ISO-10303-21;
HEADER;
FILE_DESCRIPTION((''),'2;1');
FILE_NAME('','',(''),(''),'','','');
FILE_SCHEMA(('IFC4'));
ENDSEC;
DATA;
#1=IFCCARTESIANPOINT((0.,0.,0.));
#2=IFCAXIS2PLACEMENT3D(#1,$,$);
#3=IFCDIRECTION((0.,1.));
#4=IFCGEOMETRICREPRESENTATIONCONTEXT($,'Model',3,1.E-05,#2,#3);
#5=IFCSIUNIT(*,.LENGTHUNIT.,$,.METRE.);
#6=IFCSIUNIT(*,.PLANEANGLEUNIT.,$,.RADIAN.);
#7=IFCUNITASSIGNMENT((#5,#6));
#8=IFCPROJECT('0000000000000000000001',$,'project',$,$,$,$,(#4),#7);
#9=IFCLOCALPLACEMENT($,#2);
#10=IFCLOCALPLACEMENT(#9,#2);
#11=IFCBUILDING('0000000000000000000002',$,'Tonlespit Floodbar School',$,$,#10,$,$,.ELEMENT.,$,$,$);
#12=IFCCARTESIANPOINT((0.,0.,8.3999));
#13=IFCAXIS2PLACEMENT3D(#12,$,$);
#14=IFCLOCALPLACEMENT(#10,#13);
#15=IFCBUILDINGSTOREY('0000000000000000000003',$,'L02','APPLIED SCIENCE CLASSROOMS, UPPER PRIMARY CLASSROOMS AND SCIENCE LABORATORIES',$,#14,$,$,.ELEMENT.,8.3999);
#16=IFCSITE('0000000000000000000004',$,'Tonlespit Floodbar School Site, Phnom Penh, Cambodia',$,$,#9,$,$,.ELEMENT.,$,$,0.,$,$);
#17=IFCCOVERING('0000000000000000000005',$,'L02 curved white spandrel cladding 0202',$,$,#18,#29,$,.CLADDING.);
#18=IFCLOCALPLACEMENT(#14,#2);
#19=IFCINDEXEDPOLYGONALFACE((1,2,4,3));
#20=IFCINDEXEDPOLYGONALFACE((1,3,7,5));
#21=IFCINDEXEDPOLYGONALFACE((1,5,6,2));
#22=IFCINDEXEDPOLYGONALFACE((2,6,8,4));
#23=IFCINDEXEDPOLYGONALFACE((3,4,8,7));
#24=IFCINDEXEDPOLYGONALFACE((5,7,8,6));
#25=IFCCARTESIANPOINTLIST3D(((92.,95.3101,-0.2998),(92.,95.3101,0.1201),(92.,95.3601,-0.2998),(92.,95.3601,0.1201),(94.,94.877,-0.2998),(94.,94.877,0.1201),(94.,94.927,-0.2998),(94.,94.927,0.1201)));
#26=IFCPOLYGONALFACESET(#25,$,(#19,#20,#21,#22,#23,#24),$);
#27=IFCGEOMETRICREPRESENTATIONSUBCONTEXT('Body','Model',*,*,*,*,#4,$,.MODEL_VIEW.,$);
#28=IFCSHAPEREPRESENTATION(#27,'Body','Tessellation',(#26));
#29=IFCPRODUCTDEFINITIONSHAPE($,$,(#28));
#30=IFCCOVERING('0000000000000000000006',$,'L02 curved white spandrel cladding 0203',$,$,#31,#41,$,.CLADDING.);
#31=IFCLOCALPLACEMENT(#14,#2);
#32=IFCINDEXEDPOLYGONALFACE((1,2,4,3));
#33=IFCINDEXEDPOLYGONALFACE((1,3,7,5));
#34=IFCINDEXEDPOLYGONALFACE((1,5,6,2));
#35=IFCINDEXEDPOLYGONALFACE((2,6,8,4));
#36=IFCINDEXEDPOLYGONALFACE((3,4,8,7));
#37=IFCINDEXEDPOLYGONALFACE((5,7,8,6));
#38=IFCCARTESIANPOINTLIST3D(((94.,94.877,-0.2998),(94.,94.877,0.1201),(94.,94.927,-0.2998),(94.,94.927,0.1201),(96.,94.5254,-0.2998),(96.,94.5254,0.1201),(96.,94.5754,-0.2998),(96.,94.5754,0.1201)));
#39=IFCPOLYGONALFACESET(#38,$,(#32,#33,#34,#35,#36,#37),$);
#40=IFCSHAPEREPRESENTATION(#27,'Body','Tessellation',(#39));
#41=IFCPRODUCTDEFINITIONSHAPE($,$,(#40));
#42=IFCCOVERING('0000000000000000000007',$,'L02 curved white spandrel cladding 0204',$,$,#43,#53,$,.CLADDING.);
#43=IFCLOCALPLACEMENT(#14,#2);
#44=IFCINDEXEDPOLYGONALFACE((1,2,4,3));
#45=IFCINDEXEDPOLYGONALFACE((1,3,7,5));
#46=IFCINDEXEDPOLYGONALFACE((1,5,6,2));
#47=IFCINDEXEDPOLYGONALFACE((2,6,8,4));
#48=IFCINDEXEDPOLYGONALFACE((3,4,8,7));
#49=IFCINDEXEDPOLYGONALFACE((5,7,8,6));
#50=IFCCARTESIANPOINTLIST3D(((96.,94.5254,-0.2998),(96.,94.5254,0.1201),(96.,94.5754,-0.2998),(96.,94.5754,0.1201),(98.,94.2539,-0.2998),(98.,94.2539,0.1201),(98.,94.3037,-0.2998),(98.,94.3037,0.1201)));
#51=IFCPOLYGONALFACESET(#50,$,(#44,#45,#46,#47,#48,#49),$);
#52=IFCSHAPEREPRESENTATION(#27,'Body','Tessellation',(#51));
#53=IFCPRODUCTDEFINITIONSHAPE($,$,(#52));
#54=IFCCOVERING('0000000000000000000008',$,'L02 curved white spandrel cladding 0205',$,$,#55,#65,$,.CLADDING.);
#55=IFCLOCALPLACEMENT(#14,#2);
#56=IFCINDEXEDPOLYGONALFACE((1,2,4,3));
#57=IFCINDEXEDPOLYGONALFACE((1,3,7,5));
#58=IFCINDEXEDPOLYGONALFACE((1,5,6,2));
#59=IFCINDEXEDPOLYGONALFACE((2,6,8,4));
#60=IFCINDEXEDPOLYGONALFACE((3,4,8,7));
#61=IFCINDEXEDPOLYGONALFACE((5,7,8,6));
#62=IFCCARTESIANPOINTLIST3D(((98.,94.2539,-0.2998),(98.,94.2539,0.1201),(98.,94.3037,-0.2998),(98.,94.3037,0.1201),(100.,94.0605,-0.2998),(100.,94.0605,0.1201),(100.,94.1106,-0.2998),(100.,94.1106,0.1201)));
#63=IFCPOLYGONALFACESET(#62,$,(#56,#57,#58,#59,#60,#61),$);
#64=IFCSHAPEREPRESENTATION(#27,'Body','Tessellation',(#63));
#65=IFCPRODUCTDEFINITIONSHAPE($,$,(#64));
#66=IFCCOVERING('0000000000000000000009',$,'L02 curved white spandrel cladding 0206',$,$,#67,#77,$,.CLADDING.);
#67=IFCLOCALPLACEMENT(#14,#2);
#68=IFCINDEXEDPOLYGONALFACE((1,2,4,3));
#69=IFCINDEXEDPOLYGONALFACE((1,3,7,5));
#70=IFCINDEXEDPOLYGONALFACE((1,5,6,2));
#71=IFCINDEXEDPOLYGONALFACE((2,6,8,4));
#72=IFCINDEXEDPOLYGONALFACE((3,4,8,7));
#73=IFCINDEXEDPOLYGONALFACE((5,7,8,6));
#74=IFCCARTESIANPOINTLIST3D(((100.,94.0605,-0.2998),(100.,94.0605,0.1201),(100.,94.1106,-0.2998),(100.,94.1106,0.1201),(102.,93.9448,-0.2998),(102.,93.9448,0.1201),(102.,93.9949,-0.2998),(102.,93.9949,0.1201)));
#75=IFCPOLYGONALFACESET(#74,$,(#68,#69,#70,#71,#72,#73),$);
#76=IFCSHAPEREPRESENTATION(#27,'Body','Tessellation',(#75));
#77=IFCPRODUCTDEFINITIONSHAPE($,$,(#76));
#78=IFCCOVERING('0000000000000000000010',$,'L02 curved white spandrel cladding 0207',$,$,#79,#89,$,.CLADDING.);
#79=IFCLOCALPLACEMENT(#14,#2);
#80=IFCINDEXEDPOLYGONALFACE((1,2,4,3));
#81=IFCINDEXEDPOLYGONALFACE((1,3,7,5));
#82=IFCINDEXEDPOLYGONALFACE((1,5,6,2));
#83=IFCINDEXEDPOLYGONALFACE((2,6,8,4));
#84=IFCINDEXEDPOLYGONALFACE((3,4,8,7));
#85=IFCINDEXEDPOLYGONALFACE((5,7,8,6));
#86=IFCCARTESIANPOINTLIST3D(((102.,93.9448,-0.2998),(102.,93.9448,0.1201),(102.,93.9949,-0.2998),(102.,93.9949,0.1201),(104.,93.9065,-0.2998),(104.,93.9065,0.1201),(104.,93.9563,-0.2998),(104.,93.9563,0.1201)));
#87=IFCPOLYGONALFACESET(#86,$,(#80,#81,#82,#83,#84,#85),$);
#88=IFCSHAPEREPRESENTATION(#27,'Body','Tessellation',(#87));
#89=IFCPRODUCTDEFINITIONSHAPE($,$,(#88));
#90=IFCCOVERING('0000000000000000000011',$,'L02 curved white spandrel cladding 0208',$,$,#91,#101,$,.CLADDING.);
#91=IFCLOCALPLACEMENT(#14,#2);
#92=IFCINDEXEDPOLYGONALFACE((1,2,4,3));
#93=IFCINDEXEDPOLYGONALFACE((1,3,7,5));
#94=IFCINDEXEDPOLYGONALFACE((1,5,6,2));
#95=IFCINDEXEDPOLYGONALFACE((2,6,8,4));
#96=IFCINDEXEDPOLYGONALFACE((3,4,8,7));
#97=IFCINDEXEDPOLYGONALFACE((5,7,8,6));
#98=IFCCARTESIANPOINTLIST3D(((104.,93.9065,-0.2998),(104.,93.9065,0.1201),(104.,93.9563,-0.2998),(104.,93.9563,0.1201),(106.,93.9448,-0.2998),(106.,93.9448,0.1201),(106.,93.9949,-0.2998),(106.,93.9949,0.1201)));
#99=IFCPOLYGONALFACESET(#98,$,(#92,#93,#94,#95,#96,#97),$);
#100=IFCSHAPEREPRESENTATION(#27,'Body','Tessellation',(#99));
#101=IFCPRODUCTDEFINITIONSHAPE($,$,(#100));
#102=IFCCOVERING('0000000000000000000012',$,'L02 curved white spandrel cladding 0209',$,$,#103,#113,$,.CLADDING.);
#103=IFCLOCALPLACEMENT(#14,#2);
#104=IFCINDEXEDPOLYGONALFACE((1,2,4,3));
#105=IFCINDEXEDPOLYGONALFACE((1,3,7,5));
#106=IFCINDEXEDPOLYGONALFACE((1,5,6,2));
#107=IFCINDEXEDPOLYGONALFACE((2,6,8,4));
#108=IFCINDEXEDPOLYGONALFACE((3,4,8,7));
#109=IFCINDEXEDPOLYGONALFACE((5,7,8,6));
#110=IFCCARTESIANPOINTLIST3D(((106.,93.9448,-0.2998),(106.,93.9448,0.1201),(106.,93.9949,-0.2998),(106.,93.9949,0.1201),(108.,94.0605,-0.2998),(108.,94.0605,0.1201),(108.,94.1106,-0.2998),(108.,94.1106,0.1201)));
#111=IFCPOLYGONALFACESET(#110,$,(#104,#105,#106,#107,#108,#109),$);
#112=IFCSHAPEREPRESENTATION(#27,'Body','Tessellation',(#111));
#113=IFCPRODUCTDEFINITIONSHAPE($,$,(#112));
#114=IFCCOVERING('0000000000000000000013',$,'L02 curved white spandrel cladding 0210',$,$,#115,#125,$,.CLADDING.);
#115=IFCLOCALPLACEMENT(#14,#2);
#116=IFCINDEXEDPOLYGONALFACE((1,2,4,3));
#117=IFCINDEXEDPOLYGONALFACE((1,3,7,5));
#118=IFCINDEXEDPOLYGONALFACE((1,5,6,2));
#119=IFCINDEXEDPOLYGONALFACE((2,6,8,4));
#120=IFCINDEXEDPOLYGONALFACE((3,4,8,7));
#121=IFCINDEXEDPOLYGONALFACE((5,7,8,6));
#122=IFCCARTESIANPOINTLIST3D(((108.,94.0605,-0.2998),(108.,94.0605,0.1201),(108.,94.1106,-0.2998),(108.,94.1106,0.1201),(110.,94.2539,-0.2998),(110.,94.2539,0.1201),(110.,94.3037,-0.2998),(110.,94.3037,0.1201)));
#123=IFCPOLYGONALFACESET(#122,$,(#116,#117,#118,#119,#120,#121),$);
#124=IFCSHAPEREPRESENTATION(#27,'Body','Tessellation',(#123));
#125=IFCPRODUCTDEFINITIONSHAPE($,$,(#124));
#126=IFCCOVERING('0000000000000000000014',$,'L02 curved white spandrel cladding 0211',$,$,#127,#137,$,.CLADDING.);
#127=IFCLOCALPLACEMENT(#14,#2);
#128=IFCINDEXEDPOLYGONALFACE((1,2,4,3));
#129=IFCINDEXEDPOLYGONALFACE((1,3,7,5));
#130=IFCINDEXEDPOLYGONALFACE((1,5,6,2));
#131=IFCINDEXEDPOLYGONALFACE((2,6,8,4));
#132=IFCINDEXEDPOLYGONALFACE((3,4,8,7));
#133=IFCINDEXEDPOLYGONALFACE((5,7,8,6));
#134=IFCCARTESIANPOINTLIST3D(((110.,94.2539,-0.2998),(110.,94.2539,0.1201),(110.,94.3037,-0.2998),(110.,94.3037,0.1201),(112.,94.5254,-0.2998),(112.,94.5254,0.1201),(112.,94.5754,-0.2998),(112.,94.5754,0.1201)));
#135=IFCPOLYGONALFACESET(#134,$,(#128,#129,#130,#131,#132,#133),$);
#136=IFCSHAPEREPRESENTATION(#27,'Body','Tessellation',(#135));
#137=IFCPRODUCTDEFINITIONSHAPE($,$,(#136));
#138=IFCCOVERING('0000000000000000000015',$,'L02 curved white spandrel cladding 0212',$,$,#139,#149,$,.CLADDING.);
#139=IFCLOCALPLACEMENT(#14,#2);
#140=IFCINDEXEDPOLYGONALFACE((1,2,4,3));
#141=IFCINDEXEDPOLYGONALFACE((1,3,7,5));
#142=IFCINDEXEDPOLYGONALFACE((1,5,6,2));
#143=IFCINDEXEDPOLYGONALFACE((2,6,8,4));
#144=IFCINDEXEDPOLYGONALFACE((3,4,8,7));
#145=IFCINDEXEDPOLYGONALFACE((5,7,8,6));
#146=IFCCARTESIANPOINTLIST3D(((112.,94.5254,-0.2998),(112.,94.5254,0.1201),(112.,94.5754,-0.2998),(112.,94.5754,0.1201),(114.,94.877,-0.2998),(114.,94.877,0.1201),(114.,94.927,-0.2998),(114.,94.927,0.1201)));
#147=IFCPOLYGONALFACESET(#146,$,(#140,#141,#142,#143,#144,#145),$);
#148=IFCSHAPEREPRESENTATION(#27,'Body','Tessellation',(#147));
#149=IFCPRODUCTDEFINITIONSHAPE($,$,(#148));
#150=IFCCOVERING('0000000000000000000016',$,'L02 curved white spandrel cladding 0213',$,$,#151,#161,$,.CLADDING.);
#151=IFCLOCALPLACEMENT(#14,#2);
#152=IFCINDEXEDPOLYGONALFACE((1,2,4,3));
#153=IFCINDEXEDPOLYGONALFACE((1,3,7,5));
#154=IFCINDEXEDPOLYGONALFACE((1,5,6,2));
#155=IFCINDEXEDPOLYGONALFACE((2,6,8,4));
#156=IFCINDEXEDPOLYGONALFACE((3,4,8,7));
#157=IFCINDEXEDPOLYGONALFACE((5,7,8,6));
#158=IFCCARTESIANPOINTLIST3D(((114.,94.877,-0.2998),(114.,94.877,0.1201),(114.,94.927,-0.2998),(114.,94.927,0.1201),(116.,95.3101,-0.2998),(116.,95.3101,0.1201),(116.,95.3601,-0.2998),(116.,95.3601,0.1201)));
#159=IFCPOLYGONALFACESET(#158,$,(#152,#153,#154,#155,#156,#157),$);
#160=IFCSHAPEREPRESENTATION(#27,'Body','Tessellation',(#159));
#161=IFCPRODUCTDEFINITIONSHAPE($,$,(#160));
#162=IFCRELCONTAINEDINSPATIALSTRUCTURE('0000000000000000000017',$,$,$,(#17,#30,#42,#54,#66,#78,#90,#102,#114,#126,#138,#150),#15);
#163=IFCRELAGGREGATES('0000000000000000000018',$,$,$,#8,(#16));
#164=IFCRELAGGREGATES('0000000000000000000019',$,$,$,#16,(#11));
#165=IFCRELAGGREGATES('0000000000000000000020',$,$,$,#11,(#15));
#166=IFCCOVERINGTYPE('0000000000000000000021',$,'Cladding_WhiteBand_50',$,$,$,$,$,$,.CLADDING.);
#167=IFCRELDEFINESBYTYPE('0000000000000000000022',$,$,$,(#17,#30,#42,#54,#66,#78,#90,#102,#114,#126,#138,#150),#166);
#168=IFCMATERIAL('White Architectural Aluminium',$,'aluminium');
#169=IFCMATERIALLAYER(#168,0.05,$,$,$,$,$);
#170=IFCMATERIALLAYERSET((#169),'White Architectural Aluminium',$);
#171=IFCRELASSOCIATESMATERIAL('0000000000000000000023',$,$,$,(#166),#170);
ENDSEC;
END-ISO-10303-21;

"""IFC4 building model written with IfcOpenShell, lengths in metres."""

from ifc_helpers import new_model, si_unit, direction, frame, origin, place, context, subcontext, project, spatial, polyline, outline, extrude, material, layer, layer_set, type_object, element, save


model = new_model("IFC4")

# Units and contexts
model_context = context("Model", 3, precision=1e-05, world=origin(), true_north=direction((0.0, 1.0)))
body_context = subcontext(model_context, "Body", "Model", "MODEL_VIEW")
ifc_project = project(units=[si_unit("LENGTHUNIT", "METRE"), si_unit("PLANEANGLEUNIT", "RADIAN")], contexts=[model_context])

# Site, building, storey
site_placement = place(None, origin())
site = spatial("IfcSite", under=ifc_project, at=site_placement, Name="Tonlespit Floodbar School Site, Phnom Penh, Cambodia", CompositionType="ELEMENT", RefElevation=0.0)
building_placement = place(site_placement, origin())
building = spatial("IfcBuilding", under=site, at=building_placement, Name="Tonlespit Floodbar School", CompositionType="ELEMENT")
storey_placement = place(building_placement, frame((0.0, 0.0, 8.3999)))
storey = spatial("IfcBuildingStorey", under=building, at=storey_placement, Name="L02", Description="APPLIED SCIENCE CLASSROOMS, UPPER PRIMARY CLASSROOMS AND SCIENCE LABORATORIES", CompositionType="ELEMENT", Elevation=8.3999)

# Coverings
ifc_material_1 = material(Name="White Architectural Aluminium", Category="aluminium")
ifc_layer_1 = layer(ifc_material_1, 0.05)
ifc_layer_set_1 = layer_set([ifc_layer_1], Name="White Architectural Aluminium")
covering_type = type_object("IfcCoveringType", Name="Cladding_WhiteBand_50", PredefinedType="CLADDING", material=ifc_layer_set_1)
covering_1_placement = place(storey_placement, frame((0.0, 0.0, -0.2998)))
element("IfcCovering", 1, at=covering_1_placement, inside=storey, type_object=covering_type, Name="L02 curved white spandrel cladding 0202", PredefinedType="CLADDING", context=body_context, shape_type="SweptSolid", body=[
    extrude(outline(polyline([(92.0, 95.3601), (94.0, 94.927), (94.0, 94.877), (92.0, 95.3101), (92.0, 95.3601)])), origin(), (0.0, 0.0, 1.0), 0.4199),
])
covering_2_placement = place(storey_placement, frame((0.0, 0.0, -0.2998)))
element("IfcCovering", 2, at=covering_2_placement, inside=storey, type_object=covering_type, Name="L02 curved white spandrel cladding 0203", PredefinedType="CLADDING", context=body_context, shape_type="SweptSolid", body=[
    extrude(outline(polyline([(94.0, 94.927), (96.0, 94.5754), (96.0, 94.5254), (94.0, 94.877), (94.0, 94.927)])), origin(), (0.0, 0.0, 1.0), 0.4199),
])
covering_3_placement = place(storey_placement, frame((0.0, 0.0, -0.2998)))
element("IfcCovering", 3, at=covering_3_placement, inside=storey, type_object=covering_type, Name="L02 curved white spandrel cladding 0204", PredefinedType="CLADDING", context=body_context, shape_type="SweptSolid", body=[
    extrude(outline(polyline([(96.0, 94.5754), (98.0, 94.3037), (98.0, 94.2539), (96.0, 94.5254), (96.0, 94.5754)])), origin(), (0.0, 0.0, 1.0), 0.4199),
])
covering_4_placement = place(storey_placement, frame((0.0, 0.0, -0.2998)))
element("IfcCovering", 4, at=covering_4_placement, inside=storey, type_object=covering_type, Name="L02 curved white spandrel cladding 0205", PredefinedType="CLADDING", context=body_context, shape_type="SweptSolid", body=[
    extrude(outline(polyline([(98.0, 94.3037), (100.0, 94.1106), (100.0, 94.0605), (98.0, 94.2539), (98.0, 94.3037)])), origin(), (0.0, 0.0, 1.0), 0.4199),
])
covering_5_placement = place(storey_placement, frame((0.0, 0.0, -0.2998)))
element("IfcCovering", 5, at=covering_5_placement, inside=storey, type_object=covering_type, Name="L02 curved white spandrel cladding 0206", PredefinedType="CLADDING", context=body_context, shape_type="SweptSolid", body=[
    extrude(outline(polyline([(100.0, 94.1106), (102.0, 93.9949), (102.0, 93.9448), (100.0, 94.0605), (100.0, 94.1106)])), origin(), (0.0, 0.0, 1.0), 0.4199),
])
covering_6_placement = place(storey_placement, frame((0.0, 0.0, -0.2998)))
element("IfcCovering", 6, at=covering_6_placement, inside=storey, type_object=covering_type, Name="L02 curved white spandrel cladding 0207", PredefinedType="CLADDING", context=body_context, shape_type="SweptSolid", body=[
    extrude(outline(polyline([(102.0, 93.9949), (104.0, 93.9563), (104.0, 93.9065), (102.0, 93.9448), (102.0, 93.9949)])), origin(), (0.0, 0.0, 1.0), 0.4199),
])
covering_7_placement = place(storey_placement, frame((0.0, 0.0, -0.2998)))
element("IfcCovering", 7, at=covering_7_placement, inside=storey, type_object=covering_type, Name="L02 curved white spandrel cladding 0208", PredefinedType="CLADDING", context=body_context, shape_type="SweptSolid", body=[
    extrude(outline(polyline([(104.0, 93.9563), (106.0, 93.9949), (106.0, 93.9448), (104.0, 93.9065), (104.0, 93.9563)])), origin(), (0.0, 0.0, 1.0), 0.4199),
])
covering_8_placement = place(storey_placement, frame((0.0, 0.0, -0.2998)))
element("IfcCovering", 8, at=covering_8_placement, inside=storey, type_object=covering_type, Name="L02 curved white spandrel cladding 0209", PredefinedType="CLADDING", context=body_context, shape_type="SweptSolid", body=[
    extrude(outline(polyline([(106.0, 93.9949), (108.0, 94.1106), (108.0, 94.0605), (106.0, 93.9448), (106.0, 93.9949)])), origin(), (0.0, 0.0, 1.0), 0.4199),
])
covering_9_placement = place(storey_placement, frame((0.0, 0.0, -0.2998)))
element("IfcCovering", 9, at=covering_9_placement, inside=storey, type_object=covering_type, Name="L02 curved white spandrel cladding 0210", PredefinedType="CLADDING", context=body_context, shape_type="SweptSolid", body=[
    extrude(outline(polyline([(108.0, 94.1106), (110.0, 94.3037), (110.0, 94.2539), (108.0, 94.0605), (108.0, 94.1106)])), origin(), (0.0, 0.0, 1.0), 0.4199),
])
covering_10_placement = place(storey_placement, frame((0.0, 0.0, -0.2998)))
element("IfcCovering", 10, at=covering_10_placement, inside=storey, type_object=covering_type, Name="L02 curved white spandrel cladding 0211", PredefinedType="CLADDING", context=body_context, shape_type="SweptSolid", body=[
    extrude(outline(polyline([(110.0, 94.3037), (112.0, 94.5754), (112.0, 94.5254), (110.0, 94.2539), (110.0, 94.3037)])), origin(), (0.0, 0.0, 1.0), 0.4199),
])
covering_11_placement = place(storey_placement, frame((0.0, 0.0, -0.2998)))
element("IfcCovering", 11, at=covering_11_placement, inside=storey, type_object=covering_type, Name="L02 curved white spandrel cladding 0212", PredefinedType="CLADDING", context=body_context, shape_type="SweptSolid", body=[
    extrude(outline(polyline([(112.0, 94.5754), (114.0, 94.927), (114.0, 94.877), (112.0, 94.5254), (112.0, 94.5754)])), origin(), (0.0, 0.0, 1.0), 0.4199),
])
covering_12_placement = place(storey_placement, frame((0.0, 0.0, -0.2998)))
element("IfcCovering", 12, at=covering_12_placement, inside=storey, type_object=covering_type, Name="L02 curved white spandrel cladding 0213", PredefinedType="CLADDING", context=body_context, shape_type="SweptSolid", body=[
    extrude(outline(polyline([(114.0, 94.927), (116.0, 95.3601), (116.0, 95.3101), (114.0, 94.877), (114.0, 94.927)])), origin(), (0.0, 0.0, 1.0), 0.4199),
])

save(model, "model.ifc")
